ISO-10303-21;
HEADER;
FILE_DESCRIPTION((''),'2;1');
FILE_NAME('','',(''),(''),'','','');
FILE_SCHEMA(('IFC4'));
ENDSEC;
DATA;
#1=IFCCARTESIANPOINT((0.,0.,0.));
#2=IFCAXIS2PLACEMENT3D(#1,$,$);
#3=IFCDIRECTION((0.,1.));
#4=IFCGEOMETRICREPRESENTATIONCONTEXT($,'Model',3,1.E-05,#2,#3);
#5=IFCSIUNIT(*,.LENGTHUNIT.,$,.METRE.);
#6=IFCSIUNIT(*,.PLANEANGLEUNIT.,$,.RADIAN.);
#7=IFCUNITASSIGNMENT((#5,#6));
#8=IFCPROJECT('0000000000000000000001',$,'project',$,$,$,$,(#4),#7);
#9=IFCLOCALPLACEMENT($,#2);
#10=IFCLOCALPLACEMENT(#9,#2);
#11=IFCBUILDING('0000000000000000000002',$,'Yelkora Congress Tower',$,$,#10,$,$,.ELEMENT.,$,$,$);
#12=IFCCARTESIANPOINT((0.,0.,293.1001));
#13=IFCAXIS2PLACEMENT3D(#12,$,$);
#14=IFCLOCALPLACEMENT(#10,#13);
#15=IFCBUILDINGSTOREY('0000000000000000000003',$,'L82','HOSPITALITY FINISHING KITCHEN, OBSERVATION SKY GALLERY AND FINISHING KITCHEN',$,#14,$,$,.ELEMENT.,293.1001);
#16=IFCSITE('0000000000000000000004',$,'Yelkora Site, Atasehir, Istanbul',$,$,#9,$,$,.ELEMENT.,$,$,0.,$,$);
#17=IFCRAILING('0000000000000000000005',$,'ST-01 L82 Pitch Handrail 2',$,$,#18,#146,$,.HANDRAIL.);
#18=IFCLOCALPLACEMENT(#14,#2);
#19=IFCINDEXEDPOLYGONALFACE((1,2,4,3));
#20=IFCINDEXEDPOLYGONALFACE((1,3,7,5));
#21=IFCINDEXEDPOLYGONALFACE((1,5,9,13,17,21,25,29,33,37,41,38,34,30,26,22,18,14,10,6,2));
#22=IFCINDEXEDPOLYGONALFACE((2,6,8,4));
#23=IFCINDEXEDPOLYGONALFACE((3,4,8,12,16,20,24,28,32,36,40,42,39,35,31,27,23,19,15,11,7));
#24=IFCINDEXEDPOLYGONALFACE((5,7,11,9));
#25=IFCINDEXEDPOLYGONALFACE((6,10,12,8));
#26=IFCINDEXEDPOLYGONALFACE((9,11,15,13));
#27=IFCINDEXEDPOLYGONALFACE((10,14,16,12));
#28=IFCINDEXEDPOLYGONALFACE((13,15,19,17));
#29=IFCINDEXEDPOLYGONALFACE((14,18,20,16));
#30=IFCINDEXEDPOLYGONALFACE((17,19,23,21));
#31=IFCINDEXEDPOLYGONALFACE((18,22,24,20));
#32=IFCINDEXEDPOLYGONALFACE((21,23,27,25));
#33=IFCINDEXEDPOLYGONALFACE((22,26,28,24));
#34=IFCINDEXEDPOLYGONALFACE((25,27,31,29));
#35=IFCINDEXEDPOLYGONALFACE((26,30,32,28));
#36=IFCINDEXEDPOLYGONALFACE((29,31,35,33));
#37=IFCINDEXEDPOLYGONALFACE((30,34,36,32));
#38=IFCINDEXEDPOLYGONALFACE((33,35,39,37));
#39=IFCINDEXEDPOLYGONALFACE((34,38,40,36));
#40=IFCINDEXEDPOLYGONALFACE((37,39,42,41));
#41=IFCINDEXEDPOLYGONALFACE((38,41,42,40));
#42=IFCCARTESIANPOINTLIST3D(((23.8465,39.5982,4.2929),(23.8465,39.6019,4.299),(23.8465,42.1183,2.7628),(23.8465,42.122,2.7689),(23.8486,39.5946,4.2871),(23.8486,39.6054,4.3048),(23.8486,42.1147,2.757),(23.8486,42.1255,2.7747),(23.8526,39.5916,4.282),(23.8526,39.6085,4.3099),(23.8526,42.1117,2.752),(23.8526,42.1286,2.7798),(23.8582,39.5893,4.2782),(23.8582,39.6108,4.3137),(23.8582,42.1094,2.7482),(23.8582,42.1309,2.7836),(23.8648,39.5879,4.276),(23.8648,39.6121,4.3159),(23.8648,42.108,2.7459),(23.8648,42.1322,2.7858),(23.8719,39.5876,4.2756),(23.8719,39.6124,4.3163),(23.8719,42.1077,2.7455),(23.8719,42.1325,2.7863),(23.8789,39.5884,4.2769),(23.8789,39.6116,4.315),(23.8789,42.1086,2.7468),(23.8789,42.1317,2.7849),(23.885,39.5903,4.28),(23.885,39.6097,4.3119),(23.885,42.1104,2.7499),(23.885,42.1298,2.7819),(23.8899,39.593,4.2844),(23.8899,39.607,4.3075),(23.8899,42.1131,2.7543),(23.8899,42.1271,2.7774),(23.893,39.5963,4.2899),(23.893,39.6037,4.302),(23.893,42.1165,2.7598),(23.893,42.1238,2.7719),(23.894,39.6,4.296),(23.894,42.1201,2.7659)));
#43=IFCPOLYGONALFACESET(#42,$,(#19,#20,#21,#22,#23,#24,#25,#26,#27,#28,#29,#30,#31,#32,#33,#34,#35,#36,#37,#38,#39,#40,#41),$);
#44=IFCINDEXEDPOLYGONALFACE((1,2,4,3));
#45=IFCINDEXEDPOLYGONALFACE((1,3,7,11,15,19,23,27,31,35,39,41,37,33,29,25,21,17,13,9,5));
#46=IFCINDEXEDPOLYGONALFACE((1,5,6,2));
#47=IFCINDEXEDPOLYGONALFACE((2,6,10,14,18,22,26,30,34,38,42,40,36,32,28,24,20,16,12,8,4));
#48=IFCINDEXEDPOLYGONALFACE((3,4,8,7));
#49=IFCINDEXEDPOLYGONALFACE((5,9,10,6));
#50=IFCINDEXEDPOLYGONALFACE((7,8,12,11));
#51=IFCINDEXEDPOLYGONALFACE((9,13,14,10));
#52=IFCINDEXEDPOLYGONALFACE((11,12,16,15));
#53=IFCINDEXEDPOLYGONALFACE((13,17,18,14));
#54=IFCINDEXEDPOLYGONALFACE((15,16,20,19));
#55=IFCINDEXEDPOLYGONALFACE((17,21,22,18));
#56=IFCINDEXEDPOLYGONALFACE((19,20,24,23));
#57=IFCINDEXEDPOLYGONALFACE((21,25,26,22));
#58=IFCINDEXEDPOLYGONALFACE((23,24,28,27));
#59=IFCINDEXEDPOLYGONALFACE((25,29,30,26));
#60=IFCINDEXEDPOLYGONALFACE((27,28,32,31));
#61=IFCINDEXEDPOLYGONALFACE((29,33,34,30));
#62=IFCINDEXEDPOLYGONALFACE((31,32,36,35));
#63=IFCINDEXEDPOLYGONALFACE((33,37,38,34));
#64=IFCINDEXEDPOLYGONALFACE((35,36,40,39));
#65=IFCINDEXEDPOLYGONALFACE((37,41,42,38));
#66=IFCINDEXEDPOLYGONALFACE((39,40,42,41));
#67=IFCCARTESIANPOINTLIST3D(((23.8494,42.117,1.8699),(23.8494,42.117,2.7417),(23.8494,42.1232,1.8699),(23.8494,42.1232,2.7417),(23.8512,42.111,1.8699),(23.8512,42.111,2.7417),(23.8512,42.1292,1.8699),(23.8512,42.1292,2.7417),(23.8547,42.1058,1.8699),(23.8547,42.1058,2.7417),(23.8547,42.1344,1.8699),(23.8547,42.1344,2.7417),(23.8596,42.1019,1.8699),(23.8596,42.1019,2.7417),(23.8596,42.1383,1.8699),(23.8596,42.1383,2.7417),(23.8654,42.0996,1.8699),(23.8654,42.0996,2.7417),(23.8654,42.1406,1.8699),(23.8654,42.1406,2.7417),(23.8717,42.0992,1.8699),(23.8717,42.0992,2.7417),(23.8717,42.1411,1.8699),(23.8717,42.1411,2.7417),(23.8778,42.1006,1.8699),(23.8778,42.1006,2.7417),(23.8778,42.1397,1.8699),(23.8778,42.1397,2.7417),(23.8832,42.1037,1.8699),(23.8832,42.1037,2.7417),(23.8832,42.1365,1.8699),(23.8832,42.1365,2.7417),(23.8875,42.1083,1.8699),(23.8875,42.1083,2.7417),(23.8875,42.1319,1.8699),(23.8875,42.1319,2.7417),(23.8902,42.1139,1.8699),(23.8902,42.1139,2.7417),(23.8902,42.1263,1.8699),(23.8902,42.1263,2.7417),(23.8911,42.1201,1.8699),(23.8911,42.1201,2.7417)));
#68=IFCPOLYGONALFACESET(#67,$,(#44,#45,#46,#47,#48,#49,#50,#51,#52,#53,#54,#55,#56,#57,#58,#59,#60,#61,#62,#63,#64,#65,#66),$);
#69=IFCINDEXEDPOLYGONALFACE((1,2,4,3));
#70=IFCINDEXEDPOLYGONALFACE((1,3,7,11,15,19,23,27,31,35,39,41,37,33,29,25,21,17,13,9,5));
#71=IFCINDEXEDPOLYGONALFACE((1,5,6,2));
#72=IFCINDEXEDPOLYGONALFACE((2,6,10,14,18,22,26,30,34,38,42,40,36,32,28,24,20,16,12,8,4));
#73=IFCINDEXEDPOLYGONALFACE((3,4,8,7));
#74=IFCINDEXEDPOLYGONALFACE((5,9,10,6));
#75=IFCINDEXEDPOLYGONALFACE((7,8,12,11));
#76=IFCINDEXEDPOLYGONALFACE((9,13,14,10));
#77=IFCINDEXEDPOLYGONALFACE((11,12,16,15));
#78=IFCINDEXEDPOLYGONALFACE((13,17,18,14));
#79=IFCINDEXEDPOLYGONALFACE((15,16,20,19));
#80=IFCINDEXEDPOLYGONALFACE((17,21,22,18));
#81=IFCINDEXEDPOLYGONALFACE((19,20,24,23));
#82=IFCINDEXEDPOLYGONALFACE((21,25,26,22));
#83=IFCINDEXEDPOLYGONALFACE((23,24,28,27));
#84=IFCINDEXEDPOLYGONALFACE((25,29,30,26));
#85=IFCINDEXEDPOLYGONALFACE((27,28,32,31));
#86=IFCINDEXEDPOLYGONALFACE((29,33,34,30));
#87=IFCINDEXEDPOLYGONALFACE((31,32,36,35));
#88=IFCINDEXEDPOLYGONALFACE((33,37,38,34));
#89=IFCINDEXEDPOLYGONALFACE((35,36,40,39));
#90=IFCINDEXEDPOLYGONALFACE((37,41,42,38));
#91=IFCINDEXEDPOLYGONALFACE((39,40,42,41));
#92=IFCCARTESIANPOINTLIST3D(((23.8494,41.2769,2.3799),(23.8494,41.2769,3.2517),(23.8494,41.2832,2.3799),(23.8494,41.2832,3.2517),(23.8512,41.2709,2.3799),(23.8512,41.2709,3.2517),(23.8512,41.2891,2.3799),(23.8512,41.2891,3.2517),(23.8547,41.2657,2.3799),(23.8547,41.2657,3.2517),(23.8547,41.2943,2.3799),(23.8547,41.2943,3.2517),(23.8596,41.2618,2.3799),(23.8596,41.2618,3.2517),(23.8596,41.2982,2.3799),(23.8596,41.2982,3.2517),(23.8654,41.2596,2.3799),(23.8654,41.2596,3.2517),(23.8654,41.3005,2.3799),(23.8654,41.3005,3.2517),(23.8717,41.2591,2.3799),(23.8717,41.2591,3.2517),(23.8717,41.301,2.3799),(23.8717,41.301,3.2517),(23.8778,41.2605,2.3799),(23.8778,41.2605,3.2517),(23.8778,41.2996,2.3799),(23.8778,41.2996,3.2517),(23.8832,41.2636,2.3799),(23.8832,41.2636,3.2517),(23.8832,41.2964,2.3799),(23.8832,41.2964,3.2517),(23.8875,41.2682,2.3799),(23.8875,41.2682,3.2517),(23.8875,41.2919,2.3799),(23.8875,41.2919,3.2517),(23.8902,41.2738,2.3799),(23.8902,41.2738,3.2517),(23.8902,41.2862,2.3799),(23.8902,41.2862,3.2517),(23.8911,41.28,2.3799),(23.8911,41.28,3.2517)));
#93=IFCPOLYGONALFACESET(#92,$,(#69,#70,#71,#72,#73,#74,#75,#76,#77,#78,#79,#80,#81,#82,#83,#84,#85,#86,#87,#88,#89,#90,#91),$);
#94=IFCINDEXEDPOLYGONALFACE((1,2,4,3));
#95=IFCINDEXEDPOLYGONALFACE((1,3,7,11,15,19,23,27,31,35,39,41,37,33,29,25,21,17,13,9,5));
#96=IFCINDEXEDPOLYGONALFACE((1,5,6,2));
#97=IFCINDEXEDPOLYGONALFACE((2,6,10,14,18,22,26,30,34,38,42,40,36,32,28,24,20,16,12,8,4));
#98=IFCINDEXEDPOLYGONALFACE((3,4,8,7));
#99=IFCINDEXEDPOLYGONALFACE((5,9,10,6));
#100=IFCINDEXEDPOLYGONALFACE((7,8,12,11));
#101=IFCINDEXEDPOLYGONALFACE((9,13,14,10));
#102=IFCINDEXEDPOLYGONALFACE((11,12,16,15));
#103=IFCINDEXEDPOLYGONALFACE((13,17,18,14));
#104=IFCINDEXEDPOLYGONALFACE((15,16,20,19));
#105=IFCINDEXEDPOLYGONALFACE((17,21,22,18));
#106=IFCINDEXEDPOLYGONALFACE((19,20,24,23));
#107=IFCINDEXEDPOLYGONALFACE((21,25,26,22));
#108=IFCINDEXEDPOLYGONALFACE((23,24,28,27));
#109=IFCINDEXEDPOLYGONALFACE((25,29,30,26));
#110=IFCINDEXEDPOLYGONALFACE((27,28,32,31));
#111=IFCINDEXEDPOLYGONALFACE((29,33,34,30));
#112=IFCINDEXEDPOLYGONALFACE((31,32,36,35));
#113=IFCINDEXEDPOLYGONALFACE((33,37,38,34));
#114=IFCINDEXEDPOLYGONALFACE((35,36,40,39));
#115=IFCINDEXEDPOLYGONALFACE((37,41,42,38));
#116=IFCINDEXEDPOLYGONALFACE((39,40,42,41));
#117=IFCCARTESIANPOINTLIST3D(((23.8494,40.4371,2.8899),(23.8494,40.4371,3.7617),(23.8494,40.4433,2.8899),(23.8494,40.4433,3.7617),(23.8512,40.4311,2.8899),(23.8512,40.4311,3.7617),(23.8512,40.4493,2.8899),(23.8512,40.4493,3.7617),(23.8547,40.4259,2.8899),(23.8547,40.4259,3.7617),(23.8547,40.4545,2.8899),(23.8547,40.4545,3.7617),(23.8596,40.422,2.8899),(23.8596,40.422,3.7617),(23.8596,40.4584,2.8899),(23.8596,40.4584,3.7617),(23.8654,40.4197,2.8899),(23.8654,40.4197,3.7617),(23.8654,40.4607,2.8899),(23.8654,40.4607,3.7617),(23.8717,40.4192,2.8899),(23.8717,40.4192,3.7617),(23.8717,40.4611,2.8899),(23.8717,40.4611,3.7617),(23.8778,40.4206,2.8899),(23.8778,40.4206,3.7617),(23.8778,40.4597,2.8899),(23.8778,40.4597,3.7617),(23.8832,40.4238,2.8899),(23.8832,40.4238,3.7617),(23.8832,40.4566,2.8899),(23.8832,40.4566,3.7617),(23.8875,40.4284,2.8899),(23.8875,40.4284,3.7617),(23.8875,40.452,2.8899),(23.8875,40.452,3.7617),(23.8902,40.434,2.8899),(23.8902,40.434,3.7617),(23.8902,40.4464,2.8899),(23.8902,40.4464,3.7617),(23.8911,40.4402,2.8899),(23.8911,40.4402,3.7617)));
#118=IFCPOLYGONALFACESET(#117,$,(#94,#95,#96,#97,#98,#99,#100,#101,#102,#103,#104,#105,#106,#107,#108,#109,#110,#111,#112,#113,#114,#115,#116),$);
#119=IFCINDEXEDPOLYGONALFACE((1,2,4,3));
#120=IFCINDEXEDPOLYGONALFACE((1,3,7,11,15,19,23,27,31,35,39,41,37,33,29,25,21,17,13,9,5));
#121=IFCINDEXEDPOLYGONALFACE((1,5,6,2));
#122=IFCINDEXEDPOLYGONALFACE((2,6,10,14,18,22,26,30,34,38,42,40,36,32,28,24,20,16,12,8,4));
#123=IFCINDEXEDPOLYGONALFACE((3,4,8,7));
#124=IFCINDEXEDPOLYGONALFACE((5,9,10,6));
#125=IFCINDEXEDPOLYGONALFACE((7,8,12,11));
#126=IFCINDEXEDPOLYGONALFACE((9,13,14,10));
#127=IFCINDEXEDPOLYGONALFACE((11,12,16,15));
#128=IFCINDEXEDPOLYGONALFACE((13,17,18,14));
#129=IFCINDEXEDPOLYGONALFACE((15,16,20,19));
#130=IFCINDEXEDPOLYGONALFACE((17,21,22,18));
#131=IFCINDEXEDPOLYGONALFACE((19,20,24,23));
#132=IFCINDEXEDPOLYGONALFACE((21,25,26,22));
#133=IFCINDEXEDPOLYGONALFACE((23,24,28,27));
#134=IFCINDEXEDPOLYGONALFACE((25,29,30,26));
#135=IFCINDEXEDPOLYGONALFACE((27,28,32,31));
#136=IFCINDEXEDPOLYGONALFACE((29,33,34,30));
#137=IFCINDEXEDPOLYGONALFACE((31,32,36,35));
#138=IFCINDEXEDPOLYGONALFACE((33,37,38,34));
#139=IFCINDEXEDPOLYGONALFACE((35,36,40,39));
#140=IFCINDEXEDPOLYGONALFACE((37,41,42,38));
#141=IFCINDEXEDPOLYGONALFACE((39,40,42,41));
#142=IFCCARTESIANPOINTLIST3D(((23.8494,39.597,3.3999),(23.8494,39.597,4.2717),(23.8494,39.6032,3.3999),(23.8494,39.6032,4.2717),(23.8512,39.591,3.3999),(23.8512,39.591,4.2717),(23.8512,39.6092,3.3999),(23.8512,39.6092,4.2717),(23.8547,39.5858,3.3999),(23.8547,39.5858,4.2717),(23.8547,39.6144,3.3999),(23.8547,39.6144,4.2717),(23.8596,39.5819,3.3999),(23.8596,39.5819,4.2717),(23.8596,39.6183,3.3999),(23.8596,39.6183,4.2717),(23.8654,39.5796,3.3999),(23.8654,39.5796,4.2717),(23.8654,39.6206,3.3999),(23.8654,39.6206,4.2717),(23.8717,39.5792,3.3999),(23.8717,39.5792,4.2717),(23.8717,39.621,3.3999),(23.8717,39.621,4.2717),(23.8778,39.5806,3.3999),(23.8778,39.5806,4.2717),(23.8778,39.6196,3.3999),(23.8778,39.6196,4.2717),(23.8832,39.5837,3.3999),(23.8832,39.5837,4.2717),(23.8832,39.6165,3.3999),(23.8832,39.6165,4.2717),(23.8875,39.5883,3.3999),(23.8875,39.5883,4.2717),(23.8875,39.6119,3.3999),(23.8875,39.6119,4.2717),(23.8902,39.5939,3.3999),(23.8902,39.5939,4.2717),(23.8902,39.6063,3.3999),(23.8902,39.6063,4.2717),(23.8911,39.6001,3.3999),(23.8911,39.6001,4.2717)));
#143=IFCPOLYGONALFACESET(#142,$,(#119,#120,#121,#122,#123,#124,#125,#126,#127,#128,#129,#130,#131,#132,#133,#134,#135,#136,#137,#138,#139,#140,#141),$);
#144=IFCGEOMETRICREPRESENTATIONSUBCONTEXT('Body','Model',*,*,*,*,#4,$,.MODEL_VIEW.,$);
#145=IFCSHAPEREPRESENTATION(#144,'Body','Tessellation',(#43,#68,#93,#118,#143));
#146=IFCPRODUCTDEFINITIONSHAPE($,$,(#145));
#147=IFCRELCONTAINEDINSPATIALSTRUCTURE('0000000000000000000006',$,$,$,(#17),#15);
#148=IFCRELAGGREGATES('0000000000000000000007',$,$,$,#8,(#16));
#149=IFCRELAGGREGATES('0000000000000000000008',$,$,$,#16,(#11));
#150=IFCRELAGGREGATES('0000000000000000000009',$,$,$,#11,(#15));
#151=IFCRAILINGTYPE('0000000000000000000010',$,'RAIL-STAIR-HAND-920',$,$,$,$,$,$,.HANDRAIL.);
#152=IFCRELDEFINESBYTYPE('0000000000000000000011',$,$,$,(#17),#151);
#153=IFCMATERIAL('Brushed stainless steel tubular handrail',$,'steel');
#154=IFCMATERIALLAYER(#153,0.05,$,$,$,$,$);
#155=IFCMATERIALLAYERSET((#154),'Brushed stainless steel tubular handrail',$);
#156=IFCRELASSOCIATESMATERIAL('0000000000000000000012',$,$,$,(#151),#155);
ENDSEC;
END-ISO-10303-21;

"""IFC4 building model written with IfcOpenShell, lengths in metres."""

from ifc_helpers import new_model, si_unit, direction, frame, origin, origin_2d, place, context, subcontext, project, spatial, circle, extrude, material, layer, layer_set, type_object, element, save


model = new_model("IFC4")

# Units and contexts
model_context = context("Model", 3, precision=1e-05, world=origin(), true_north=direction((0.0, 1.0)))
body_context = subcontext(model_context, "Body", "Model", "MODEL_VIEW")
ifc_project = project(units=[si_unit("LENGTHUNIT", "METRE"), si_unit("PLANEANGLEUNIT", "RADIAN")], contexts=[model_context])

# Site, building, storey
site_placement = place(None, origin())
site = spatial("IfcSite", under=ifc_project, at=site_placement, Name="Yelkora Site, Atasehir, Istanbul", CompositionType="ELEMENT", RefElevation=0.0)
building_placement = place(site_placement, origin())
building = spatial("IfcBuilding", under=site, at=building_placement, Name="Yelkora Congress Tower", CompositionType="ELEMENT")
storey_placement = place(building_placement, frame((0.0, 0.0, 293.1001)))
storey = spatial("IfcBuildingStorey", under=building, at=storey_placement, Name="L82", Description="HOSPITALITY FINISHING KITCHEN, OBSERVATION SKY GALLERY AND FINISHING KITCHEN", CompositionType="ELEMENT", Elevation=293.1001)

# Railing
ifc_material_1 = material(Name="Brushed stainless steel tubular handrail", Category="steel")
ifc_layer_1 = layer(ifc_material_1, 0.05)
ifc_layer_set_1 = layer_set([ifc_layer_1], Name="Brushed stainless steel tubular handrail")
railing_type_1 = type_object("IfcRailingType", Name="RAIL-STAIR-HAND-920", PredefinedType="HANDRAIL", material=ifc_layer_set_1)
railing_1_placement = place(storey_placement, frame((23.8701, 42.1201, 1.8699)))
element("IfcRailing", 1, at=railing_1_placement, inside=storey, type_object=railing_type_1, Name="ST-01 L82 Pitch Handrail 2", PredefinedType="HANDRAIL", context=body_context, shape_type="SweptSolid", body=[
    extrude(circle(Radius=0.0239, at=origin_2d()), frame((0.0, 0.0, 0.896), z_axis=(0.0, -0.854785, 0.518982), x_axis=(1.0, 0.0, 0.0)), (0.0, 0.0, 1.0), 2.9482),
    extrude(circle(Radius=0.021, at=origin_2d()), origin(), (0.0, 0.0, 1.0), 0.8718),
    extrude(circle(Radius=0.021, at=origin_2d()), frame((0.0, -0.8401, 0.51)), (0.0, 0.0, 1.0), 0.8718),
    extrude(circle(Radius=0.021, at=origin_2d()), frame((0.0, -1.6799, 1.02)), (0.0, 0.0, 1.0), 0.8718),
    extrude(circle(Radius=0.021, at=origin_2d()), frame((0.0, -2.52, 1.53)), (0.0, 0.0, 1.0), 0.8718),
])

save(model, "model.ifc")
